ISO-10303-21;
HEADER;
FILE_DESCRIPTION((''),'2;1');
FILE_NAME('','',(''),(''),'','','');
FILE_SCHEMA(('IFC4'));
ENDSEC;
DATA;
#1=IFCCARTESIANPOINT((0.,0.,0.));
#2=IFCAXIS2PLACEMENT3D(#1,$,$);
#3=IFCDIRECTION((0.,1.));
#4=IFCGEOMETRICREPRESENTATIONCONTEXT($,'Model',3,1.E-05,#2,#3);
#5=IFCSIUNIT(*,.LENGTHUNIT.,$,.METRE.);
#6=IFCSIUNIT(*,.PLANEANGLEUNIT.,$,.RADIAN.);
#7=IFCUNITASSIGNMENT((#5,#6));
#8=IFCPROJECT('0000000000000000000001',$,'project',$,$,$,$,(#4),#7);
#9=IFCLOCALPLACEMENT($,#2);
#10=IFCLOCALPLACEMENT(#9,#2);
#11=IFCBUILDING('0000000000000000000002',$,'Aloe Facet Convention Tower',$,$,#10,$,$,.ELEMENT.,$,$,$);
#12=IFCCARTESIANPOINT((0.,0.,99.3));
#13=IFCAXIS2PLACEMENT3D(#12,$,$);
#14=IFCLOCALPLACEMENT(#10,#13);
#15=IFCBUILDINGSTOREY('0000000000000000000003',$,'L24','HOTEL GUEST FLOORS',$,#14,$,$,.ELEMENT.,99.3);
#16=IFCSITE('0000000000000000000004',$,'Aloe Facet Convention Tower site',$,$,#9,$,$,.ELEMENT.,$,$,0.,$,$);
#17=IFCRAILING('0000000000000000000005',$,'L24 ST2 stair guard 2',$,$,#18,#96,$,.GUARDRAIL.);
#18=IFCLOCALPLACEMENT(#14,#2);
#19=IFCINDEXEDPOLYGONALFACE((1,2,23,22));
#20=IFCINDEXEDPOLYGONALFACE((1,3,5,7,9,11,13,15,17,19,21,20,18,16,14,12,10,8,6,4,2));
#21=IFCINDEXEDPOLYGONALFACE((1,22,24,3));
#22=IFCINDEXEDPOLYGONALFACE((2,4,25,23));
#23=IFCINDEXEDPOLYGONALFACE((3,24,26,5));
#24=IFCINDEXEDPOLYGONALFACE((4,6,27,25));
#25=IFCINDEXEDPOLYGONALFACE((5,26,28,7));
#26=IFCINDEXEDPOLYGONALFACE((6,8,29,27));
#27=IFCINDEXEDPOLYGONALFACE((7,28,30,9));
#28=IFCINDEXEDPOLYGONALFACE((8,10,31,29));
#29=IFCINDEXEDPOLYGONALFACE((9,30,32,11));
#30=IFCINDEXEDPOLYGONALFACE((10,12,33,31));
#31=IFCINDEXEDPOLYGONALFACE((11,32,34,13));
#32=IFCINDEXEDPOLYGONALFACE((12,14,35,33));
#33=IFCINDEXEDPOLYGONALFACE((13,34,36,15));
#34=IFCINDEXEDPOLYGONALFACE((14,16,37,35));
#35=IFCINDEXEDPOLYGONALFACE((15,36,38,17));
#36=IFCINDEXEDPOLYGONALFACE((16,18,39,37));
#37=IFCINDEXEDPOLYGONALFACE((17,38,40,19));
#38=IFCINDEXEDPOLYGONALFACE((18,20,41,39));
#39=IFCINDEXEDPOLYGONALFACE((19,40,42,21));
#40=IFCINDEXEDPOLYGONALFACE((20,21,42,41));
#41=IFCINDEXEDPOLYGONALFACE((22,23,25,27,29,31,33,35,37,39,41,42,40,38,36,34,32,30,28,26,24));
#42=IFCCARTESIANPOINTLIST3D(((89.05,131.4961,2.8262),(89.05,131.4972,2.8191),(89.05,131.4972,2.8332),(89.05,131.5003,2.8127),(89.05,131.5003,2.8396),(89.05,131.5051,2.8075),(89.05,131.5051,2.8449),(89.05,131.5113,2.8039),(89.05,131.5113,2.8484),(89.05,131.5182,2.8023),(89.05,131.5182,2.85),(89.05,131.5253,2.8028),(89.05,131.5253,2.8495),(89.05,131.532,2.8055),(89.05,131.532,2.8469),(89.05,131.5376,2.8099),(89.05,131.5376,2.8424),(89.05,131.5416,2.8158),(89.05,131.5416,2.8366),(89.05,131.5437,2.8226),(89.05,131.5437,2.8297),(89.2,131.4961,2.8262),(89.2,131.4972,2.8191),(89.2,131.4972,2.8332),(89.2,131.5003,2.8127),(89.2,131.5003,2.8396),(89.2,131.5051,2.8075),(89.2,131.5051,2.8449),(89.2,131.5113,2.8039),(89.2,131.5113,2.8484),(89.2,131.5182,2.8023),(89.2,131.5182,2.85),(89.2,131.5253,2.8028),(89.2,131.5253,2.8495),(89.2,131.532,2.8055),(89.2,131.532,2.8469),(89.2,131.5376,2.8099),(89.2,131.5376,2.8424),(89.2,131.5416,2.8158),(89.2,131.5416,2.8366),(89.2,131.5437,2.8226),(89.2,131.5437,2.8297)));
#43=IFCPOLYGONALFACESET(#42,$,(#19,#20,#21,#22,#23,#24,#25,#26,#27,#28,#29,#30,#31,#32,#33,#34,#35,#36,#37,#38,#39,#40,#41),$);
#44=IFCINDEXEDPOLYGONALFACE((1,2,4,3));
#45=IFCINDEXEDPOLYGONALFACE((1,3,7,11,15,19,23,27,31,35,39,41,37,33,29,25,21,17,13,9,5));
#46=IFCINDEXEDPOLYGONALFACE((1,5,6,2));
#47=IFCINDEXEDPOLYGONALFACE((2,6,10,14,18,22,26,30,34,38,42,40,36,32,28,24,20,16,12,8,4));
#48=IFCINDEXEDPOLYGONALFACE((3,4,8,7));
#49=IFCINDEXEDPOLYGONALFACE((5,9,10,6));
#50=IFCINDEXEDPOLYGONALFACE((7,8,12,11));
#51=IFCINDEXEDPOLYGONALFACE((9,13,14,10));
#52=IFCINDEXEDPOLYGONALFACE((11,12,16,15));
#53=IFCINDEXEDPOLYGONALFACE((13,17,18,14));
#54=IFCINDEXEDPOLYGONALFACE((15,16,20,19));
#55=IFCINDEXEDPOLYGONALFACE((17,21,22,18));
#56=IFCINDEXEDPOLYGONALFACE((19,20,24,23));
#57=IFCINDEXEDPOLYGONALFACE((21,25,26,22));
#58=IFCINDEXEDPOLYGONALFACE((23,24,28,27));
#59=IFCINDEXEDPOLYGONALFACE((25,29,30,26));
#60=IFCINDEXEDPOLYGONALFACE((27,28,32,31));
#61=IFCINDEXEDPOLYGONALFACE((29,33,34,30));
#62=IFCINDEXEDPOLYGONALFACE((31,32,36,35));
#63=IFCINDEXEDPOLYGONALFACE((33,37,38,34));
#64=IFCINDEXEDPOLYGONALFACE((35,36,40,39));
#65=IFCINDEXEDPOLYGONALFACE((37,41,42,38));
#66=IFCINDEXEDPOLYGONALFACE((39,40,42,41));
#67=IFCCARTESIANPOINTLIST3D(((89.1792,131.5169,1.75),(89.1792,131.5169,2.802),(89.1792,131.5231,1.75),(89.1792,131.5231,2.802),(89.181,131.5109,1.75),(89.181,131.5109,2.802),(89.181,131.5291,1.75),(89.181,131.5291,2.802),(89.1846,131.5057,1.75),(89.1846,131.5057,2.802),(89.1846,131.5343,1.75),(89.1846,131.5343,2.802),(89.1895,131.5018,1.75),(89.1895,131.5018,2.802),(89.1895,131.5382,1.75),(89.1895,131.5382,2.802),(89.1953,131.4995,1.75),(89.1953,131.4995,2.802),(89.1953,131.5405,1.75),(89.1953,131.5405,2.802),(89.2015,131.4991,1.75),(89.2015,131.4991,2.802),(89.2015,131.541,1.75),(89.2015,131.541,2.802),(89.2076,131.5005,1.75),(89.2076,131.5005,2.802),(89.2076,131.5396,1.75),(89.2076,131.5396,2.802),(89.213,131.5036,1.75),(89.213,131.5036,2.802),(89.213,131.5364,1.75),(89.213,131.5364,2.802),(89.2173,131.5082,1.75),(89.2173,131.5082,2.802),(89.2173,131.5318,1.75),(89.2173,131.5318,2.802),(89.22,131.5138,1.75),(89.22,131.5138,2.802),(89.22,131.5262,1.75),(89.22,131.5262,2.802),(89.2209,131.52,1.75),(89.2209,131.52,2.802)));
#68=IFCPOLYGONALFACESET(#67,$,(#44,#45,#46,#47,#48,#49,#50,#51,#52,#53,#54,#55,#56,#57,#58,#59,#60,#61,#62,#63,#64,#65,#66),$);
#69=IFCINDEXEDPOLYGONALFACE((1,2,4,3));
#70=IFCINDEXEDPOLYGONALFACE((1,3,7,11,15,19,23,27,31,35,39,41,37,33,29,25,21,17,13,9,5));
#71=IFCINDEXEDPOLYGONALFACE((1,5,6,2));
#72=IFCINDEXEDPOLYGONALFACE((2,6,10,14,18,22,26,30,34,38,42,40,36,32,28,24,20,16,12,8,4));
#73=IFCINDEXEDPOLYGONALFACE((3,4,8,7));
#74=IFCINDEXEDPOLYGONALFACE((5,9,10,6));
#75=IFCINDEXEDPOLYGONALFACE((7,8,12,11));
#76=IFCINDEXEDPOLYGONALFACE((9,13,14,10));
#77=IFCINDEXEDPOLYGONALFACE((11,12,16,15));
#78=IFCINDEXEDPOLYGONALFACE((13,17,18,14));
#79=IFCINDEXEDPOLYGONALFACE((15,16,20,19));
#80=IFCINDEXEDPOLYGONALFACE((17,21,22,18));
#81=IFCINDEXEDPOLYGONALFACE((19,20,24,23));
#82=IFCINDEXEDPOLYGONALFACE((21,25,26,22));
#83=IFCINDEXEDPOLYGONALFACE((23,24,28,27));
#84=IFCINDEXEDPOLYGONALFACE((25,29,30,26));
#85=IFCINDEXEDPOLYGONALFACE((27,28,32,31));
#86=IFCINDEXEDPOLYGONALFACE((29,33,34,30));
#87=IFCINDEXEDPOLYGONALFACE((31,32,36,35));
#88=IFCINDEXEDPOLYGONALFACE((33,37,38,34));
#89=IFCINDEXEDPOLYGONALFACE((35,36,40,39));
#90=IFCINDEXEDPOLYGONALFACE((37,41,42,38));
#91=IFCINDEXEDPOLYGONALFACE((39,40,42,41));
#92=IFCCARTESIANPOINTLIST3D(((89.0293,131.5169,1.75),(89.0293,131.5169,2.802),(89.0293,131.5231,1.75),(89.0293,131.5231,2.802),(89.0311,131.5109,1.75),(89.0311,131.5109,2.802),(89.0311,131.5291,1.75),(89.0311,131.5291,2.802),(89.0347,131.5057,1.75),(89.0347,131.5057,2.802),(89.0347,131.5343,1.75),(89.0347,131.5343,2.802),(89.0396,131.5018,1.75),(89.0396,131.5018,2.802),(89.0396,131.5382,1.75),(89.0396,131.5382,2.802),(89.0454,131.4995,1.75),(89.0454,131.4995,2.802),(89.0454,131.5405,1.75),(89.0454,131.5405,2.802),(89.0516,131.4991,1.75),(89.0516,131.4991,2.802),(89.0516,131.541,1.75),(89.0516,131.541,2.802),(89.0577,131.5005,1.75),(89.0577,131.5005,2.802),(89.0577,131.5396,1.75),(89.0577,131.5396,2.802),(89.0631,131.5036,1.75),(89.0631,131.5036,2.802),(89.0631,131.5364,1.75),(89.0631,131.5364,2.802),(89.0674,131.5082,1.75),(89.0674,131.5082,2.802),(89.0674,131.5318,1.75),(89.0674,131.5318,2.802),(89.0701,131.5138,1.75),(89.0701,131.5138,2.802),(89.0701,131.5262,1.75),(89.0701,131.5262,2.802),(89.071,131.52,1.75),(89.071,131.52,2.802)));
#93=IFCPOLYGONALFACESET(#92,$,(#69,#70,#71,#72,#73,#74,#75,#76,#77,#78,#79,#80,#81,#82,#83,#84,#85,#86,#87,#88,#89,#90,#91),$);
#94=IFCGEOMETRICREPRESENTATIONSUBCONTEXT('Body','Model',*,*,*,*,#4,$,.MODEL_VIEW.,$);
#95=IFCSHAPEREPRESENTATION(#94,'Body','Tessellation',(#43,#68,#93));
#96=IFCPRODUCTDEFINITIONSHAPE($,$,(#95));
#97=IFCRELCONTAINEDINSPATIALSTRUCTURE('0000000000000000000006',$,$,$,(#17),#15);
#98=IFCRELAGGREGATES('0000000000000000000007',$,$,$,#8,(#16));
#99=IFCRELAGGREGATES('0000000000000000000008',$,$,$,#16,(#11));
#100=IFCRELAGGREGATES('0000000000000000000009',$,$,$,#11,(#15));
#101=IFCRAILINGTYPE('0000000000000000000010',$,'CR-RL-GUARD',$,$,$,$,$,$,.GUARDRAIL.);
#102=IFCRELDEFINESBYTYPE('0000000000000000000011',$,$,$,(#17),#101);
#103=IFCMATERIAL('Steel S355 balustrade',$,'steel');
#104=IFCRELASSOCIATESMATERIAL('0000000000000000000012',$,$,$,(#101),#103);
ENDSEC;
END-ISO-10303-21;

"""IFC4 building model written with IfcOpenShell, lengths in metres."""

from ifc_helpers import new_model, si_unit, direction, frame, origin, origin_2d, place, context, subcontext, project, spatial, circle, extrude, material, type_object, element, save


model = new_model("IFC4")

# Units and contexts
model_context = context("Model", 3, precision=1e-05, world=origin(), true_north=direction((0.0, 1.0)))
body_context = subcontext(model_context, "Body", "Model", "MODEL_VIEW")
ifc_project = project(units=[si_unit("LENGTHUNIT", "METRE"), si_unit("PLANEANGLEUNIT", "RADIAN")], contexts=[model_context])

# Site, building, storey
site_placement = place(None, origin())
site = spatial("IfcSite", under=ifc_project, at=site_placement, Name="Aloe Facet Convention Tower site", CompositionType="ELEMENT", RefElevation=0.0)
building_placement = place(site_placement, origin())
building = spatial("IfcBuilding", under=site, at=building_placement, Name="Aloe Facet Convention Tower", CompositionType="ELEMENT")
storey_placement = place(building_placement, frame((0.0, 0.0, 99.3)))
storey = spatial("IfcBuildingStorey", under=building, at=storey_placement, Name="L24", Description="HOTEL GUEST FLOORS", CompositionType="ELEMENT", Elevation=99.3)

# Railing
ifc_material_1 = material(Name="Steel S355 balustrade", Category="steel")
railing_type_1 = type_object("IfcRailingType", Name="CR-RL-GUARD", PredefinedType="GUARDRAIL", material=ifc_material_1)
railing_1_placement = place(storey_placement, frame((89.2, 131.52, 1.75)))
element("IfcRailing", 1, at=railing_1_placement, inside=storey, type_object=railing_type_1, Name="L24 ST2 stair guard 2", PredefinedType="GUARDRAIL", context=body_context, shape_type="SweptSolid", body=[
    extrude(circle(Radius=0.0239, at=origin_2d()), frame((0.0, 0.0, 1.0762), z_axis=(-1.0, 0.0, 0.0), x_axis=(0.0, -1.0, 0.0)), (0.0, 0.0, 1.0), 0.1499),
    extrude(circle(Radius=0.021, at=origin_2d()), origin(), (0.0, 0.0, 1.0), 1.052),
    extrude(circle(Radius=0.021, at=origin_2d()), frame((-0.1499, 0.0, 0.0)), (0.0, 0.0, 1.0), 1.052),
])

save(model, "model.ifc")
